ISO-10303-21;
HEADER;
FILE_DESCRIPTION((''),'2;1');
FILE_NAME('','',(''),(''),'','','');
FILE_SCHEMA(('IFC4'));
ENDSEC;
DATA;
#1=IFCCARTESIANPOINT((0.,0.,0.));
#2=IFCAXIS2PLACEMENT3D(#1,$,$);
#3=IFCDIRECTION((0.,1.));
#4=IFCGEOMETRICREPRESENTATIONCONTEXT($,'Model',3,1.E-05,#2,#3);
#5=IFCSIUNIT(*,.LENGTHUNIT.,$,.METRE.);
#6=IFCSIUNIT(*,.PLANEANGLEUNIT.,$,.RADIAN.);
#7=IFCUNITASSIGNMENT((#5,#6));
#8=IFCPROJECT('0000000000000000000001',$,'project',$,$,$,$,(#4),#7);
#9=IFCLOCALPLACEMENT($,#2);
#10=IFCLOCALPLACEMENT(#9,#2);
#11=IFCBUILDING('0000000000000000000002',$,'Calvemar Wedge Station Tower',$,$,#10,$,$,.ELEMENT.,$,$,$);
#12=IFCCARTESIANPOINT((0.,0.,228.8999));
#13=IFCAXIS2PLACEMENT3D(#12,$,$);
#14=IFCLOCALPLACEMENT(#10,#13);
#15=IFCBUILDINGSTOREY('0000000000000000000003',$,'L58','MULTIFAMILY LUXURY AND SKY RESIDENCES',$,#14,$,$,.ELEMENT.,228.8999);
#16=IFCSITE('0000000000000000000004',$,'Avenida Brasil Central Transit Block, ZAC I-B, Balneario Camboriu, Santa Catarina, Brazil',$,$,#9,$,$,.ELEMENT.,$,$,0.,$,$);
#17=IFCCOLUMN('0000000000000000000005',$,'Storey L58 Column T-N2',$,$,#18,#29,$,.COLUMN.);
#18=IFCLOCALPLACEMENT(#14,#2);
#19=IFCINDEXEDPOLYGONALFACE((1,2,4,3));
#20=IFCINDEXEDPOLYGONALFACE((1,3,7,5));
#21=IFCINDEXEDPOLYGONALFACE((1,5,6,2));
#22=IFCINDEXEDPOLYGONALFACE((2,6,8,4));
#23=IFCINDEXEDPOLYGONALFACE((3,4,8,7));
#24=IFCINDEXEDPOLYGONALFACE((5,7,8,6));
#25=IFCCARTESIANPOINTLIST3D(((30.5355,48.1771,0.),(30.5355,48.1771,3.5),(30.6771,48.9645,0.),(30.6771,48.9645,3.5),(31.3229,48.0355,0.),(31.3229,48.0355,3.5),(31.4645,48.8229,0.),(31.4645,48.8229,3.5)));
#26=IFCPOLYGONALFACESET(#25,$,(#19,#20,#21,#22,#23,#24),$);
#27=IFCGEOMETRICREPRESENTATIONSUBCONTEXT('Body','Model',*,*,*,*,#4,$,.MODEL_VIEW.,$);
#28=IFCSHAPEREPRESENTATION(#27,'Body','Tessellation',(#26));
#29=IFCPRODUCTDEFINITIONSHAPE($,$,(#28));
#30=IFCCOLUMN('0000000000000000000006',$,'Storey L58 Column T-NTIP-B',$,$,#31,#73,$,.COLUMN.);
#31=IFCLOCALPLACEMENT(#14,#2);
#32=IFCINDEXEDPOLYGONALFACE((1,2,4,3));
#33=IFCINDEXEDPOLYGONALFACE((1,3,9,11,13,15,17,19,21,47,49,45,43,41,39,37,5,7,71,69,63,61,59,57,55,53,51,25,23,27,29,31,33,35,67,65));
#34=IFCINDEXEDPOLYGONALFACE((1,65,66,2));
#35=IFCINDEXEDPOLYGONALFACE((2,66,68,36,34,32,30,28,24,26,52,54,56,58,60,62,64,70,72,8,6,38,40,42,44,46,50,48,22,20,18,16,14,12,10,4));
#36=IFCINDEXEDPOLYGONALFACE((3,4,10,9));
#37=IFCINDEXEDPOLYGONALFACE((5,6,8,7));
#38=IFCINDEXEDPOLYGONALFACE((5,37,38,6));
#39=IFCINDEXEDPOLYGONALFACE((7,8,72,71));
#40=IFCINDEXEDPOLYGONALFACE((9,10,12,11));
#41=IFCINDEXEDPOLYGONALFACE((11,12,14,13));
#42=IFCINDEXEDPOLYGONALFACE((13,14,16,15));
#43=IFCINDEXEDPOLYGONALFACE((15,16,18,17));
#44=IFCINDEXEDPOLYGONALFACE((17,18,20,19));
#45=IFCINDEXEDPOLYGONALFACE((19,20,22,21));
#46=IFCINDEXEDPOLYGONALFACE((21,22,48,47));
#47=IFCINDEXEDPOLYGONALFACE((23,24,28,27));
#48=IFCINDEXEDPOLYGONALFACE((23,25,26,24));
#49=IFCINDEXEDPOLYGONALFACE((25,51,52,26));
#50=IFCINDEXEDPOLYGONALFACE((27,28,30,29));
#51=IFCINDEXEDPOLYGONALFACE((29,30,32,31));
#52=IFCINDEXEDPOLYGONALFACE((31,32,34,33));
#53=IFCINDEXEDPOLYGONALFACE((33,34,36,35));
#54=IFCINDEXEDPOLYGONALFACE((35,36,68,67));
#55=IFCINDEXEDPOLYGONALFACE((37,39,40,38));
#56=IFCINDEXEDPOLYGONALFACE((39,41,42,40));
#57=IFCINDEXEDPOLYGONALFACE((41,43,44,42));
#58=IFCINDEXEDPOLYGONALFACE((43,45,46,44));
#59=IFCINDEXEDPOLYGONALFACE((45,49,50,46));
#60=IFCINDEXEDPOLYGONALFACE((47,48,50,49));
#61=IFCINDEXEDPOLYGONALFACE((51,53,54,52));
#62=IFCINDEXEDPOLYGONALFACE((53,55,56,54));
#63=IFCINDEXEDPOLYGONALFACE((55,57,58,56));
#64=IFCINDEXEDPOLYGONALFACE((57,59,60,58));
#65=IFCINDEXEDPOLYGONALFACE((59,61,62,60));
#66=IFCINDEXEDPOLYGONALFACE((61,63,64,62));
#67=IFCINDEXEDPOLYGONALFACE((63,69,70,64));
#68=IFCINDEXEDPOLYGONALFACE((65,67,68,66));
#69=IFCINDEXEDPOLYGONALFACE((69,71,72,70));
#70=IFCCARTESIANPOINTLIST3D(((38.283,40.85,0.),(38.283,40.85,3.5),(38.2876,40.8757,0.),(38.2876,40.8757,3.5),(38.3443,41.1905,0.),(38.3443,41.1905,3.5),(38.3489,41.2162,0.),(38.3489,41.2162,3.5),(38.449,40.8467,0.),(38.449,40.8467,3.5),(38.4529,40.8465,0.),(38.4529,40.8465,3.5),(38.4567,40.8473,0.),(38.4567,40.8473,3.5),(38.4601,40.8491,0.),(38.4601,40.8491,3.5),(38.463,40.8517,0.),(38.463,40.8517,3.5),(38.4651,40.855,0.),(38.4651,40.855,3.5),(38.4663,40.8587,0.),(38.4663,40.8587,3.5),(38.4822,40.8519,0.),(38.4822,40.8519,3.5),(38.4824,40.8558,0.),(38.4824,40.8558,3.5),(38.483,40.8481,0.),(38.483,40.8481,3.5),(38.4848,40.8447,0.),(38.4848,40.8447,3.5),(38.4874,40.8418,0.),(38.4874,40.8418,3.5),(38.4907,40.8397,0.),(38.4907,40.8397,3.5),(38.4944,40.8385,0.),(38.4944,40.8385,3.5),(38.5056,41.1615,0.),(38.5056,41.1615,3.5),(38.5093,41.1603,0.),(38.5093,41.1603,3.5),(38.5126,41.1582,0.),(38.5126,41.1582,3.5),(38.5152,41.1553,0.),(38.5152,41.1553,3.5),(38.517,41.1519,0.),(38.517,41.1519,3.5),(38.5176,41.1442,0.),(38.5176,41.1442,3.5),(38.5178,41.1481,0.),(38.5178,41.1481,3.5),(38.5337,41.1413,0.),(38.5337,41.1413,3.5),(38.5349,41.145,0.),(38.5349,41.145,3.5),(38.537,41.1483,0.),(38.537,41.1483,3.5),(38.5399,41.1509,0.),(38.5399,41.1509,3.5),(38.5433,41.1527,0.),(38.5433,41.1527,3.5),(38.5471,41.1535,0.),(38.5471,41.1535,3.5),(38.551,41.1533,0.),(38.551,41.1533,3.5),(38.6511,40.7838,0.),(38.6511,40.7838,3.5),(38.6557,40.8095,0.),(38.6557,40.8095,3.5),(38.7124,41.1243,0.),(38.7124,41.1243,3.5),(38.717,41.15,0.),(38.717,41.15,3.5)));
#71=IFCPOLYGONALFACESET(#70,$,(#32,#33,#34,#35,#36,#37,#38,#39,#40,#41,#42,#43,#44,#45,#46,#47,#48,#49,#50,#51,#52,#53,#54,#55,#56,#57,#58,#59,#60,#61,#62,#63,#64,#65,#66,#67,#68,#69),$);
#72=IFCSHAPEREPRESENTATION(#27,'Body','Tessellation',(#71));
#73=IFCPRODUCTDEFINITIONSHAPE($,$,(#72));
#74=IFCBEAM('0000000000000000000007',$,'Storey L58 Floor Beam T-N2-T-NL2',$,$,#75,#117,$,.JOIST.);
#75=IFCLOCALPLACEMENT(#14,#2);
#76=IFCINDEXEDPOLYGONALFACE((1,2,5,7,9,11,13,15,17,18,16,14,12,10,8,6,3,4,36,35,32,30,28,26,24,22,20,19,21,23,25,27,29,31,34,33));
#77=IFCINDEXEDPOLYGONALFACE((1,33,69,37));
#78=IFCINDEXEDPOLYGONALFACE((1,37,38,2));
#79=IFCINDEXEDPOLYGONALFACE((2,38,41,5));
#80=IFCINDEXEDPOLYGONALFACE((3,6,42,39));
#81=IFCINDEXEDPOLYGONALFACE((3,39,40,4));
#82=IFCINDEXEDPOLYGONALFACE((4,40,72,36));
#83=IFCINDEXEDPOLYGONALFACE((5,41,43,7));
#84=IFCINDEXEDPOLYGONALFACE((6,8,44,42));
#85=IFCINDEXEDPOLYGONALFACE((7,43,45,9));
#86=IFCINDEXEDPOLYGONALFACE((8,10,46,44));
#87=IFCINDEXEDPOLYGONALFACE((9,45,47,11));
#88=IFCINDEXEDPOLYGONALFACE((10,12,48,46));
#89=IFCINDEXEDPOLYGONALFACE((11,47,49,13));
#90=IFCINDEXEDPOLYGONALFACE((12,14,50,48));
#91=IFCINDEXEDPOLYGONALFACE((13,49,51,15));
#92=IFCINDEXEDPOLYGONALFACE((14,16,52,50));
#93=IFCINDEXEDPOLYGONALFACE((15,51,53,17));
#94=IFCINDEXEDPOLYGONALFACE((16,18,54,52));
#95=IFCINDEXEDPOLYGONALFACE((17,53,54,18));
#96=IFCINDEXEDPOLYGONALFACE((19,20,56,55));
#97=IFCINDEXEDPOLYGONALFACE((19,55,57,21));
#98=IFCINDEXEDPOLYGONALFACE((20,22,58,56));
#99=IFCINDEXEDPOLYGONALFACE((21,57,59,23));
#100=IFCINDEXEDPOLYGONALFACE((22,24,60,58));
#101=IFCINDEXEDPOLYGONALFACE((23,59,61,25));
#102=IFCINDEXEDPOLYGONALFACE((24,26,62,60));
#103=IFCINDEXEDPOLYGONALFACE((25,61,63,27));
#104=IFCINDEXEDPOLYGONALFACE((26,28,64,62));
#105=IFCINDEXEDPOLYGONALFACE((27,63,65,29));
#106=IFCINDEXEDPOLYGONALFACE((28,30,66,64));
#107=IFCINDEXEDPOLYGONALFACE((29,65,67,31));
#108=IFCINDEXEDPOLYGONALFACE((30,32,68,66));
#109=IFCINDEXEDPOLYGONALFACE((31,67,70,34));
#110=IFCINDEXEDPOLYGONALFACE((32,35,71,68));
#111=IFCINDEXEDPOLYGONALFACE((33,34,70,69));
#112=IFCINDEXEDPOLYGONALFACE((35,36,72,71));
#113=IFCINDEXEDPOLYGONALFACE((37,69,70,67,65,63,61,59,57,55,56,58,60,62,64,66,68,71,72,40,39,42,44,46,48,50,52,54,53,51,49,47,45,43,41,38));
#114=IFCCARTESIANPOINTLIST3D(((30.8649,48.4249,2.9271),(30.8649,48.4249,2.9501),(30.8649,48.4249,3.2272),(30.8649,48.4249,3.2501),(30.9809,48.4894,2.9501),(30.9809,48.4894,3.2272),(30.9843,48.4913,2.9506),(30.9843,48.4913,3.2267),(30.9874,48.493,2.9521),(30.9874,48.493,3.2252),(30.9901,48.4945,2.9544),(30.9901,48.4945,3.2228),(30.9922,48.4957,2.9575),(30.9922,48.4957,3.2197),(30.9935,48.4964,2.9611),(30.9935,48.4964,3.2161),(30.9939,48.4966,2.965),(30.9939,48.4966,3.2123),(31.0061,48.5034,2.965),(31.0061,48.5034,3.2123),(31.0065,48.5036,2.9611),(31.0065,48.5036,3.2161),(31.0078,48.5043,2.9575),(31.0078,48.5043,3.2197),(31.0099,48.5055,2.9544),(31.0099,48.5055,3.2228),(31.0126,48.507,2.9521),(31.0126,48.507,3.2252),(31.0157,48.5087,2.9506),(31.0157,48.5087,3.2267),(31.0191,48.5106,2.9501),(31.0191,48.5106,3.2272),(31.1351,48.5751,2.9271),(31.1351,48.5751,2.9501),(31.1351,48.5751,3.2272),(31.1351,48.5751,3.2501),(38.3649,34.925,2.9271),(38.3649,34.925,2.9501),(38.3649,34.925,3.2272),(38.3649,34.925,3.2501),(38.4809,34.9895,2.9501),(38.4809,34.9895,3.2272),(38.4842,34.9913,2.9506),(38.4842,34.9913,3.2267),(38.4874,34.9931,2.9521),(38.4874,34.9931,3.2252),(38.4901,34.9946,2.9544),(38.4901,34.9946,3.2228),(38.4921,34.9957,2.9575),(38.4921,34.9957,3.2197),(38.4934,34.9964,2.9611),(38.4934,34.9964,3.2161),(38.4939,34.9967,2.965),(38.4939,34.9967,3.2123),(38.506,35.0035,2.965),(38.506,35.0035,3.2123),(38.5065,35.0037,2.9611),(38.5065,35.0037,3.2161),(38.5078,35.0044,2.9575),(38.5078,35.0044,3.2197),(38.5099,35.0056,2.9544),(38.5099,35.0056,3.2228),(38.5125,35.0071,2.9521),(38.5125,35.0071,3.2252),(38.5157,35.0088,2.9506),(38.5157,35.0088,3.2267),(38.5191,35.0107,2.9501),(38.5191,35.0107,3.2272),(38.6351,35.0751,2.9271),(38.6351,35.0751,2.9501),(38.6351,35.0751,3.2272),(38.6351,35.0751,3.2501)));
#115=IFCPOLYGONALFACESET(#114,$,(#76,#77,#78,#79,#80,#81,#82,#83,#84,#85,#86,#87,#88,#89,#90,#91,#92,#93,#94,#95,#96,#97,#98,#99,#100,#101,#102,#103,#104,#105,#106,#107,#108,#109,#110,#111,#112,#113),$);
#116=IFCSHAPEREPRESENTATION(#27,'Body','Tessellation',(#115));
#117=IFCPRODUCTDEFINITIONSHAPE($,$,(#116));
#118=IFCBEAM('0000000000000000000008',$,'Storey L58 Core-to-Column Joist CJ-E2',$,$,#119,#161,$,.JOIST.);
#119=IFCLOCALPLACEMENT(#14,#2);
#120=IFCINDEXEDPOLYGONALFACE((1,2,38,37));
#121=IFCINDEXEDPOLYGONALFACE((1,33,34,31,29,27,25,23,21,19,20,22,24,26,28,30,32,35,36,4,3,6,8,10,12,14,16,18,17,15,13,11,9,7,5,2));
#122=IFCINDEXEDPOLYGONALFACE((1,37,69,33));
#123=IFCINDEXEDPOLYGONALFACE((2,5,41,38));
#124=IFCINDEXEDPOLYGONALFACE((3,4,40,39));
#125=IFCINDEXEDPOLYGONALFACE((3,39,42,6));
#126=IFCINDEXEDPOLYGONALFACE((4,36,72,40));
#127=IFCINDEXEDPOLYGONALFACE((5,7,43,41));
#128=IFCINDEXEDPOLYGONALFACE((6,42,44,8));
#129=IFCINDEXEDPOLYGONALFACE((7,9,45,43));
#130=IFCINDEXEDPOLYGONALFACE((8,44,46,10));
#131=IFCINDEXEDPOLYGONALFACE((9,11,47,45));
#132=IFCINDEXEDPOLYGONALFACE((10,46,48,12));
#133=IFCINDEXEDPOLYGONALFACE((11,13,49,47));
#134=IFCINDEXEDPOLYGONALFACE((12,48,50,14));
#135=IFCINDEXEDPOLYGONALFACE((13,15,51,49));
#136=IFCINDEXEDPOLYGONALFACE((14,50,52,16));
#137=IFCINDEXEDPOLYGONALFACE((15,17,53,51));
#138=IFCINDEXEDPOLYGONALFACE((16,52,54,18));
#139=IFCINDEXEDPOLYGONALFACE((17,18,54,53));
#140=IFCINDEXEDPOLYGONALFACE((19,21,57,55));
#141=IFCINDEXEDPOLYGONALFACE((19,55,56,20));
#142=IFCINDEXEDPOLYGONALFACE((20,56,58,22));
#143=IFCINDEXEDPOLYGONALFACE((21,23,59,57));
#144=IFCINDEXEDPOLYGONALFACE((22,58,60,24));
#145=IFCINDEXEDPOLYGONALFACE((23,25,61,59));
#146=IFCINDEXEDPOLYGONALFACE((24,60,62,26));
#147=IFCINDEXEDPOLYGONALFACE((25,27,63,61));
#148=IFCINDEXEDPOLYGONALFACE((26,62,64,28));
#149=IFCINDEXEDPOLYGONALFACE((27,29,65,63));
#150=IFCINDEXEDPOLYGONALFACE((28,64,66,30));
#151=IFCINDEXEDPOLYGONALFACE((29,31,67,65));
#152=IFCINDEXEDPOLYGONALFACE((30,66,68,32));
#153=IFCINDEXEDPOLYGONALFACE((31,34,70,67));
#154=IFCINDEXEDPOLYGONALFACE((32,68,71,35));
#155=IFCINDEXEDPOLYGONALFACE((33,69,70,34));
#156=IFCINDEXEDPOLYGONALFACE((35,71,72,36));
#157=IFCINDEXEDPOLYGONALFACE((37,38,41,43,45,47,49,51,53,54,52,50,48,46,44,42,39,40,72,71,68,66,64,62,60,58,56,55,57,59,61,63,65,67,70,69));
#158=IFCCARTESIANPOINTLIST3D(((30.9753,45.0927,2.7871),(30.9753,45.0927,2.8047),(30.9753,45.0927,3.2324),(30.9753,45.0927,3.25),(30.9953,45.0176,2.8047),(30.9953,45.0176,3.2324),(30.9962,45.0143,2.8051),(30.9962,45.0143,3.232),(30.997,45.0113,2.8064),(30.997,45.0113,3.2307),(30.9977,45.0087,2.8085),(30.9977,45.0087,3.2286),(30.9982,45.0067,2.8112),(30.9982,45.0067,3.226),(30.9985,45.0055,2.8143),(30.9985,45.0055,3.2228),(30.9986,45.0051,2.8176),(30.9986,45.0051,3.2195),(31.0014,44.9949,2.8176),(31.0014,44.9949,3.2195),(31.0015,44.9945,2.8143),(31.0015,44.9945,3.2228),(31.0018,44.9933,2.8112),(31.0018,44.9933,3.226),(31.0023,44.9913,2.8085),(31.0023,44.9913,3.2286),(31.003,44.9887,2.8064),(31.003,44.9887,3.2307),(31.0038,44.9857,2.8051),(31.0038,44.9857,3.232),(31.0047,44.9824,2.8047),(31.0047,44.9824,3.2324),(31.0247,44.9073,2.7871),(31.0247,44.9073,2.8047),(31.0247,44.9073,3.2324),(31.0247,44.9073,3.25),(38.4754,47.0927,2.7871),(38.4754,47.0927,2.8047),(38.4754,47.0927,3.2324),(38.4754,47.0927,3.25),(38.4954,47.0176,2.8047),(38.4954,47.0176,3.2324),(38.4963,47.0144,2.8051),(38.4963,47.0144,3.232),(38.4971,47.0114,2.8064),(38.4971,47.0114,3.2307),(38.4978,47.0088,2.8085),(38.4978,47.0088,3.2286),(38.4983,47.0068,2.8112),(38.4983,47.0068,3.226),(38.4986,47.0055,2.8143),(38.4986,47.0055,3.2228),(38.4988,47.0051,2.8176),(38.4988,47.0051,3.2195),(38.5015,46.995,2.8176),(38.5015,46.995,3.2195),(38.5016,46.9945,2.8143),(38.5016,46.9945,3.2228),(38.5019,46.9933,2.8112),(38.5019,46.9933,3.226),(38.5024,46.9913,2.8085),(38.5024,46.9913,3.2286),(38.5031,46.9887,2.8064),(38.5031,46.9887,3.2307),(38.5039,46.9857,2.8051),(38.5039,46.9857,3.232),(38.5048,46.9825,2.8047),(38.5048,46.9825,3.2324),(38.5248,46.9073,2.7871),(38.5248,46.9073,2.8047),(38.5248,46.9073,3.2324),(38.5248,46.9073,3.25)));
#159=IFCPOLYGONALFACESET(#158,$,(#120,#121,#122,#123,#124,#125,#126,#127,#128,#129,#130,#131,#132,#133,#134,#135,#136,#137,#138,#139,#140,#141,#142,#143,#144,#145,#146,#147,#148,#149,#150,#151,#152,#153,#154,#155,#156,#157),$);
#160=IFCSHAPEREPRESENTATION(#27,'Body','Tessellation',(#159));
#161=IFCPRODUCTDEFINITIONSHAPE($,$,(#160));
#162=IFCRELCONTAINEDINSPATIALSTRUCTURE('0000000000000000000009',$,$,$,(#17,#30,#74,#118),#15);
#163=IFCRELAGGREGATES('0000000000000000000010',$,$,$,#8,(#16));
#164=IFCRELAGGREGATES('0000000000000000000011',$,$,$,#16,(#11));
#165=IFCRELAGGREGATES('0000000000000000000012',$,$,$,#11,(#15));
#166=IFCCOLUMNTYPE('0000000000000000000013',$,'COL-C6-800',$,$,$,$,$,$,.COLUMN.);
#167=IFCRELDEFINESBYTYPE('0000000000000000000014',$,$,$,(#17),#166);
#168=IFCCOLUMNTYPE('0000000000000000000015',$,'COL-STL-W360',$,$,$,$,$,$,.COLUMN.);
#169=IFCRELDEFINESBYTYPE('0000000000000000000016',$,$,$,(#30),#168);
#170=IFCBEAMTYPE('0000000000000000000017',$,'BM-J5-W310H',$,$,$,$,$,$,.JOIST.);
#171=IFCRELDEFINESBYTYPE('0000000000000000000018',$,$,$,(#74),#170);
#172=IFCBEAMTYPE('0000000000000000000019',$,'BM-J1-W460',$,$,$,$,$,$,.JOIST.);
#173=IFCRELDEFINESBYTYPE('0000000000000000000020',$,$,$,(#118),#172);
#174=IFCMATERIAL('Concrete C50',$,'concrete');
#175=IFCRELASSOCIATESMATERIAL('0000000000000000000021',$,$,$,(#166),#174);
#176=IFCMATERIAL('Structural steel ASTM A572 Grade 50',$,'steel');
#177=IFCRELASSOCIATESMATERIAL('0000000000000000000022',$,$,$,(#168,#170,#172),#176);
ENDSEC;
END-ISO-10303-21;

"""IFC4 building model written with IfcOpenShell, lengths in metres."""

from ifc_helpers import new_model, si_unit, direction, frame, origin, origin_2d, place, context, subcontext, project, spatial, rectangle, i_section, extrude, source, transform, mapped, material, material_profile, profile_set, type_object, element, save


model = new_model("IFC4")

# Units and contexts
model_context = context("Model", 3, precision=1e-05, world=origin(), true_north=direction((0.0, 1.0)))
body_context = subcontext(model_context, "Body", "Model", "MODEL_VIEW")
ifc_project = project(units=[si_unit("LENGTHUNIT", "METRE"), si_unit("PLANEANGLEUNIT", "RADIAN")], contexts=[model_context])

# Site, building, storey
site_placement = place(None, origin())
site = spatial("IfcSite", under=ifc_project, at=site_placement, Name="Avenida Brasil Central Transit Block, ZAC I-B, Balneario Camboriu, Santa Catarina, Brazil", CompositionType="ELEMENT", RefElevation=0.0)
building_placement = place(site_placement, origin())
building = spatial("IfcBuilding", under=site, at=building_placement, Name="Calvemar Wedge Station Tower", CompositionType="ELEMENT")
storey_placement = place(building_placement, frame((0.0, 0.0, 228.8999)))
storey = spatial("IfcBuildingStorey", under=building, at=storey_placement, Name="L58", Description="MULTIFAMILY LUXURY AND SKY RESIDENCES", CompositionType="ELEMENT", Elevation=228.8999)

# Columns
ifc_material_1 = material(Name="Concrete C50", Category="concrete")
ifc_material_profile_1 = material_profile(ifc_material_1, rectangle(XDim=0.8, YDim=0.8, at=origin_2d()), Name="RC800x800")
ifc_profile_set_1 = profile_set([ifc_material_profile_1], Name="Concrete C50")
column_type_1 = type_object("IfcColumnType", Name="COL-C6-800", PredefinedType="COLUMN", material=ifc_profile_set_1)
shared_shape_1 = source(origin(), body_context, "Body", "SweptSolid", [
    extrude(rectangle(XDim=0.8, YDim=0.8, at=origin_2d()), origin(), (0.0, 0.0, 1.0), 3.5),
])
column_1_placement = place(storey_placement, frame((31.0, 48.5, 0.0), z_axis=(0.0, 0.0, 1.0), x_axis=(0.984196, -0.177085, 0.0)))
element("IfcColumn", 1, at=column_1_placement, inside=storey, type_object=column_type_1, Name="Storey L58 Column T-N2", PredefinedType="COLUMN", context=body_context, shape_type="MappedRepresentation", body=[
    mapped(shared_shape_1, transform((0.0, 0.0, 0.0), scale=1.0)),
])
ifc_material_2 = material(Name="Structural steel ASTM A572 Grade 50", Category="steel")
ifc_material_profile_2 = material_profile(ifc_material_2, i_section(OverallWidth=0.374, OverallDepth=0.3721, WebThickness=0.0164, FlangeThickness=0.0261, FilletRadius=0.0149, at=origin_2d()), Name="W360x196")
ifc_profile_set_2 = profile_set([ifc_material_profile_2], Name="Structural steel ASTM A572 Grade 50")
column_type_2 = type_object("IfcColumnType", Name="COL-STL-W360", PredefinedType="COLUMN", material=ifc_profile_set_2)
shared_shape_2 = source(origin(), body_context, "Body", "SweptSolid", [
    extrude(i_section(OverallWidth=0.374, OverallDepth=0.3721, WebThickness=0.0164, FlangeThickness=0.0261, FilletRadius=0.0149, at=origin_2d()), origin(), (0.0, 0.0, 1.0), 3.5),
])
column_2_placement = place(storey_placement, frame((38.5, 41.0, 0.0), z_axis=(0.0, 0.0, 1.0), x_axis=(0.984196, -0.177085, 0.0)))
element("IfcColumn", 2, at=column_2_placement, inside=storey, type_object=column_type_2, Name="Storey L58 Column T-NTIP-B", PredefinedType="COLUMN", context=body_context, shape_type="MappedRepresentation", body=[
    mapped(shared_shape_2, transform((0.0, 0.0, 0.0), scale=1.0)),
])

# Beams
ifc_material_profile_3 = material_profile(ifc_material_2, i_section(OverallWidth=0.3091, OverallDepth=0.323, WebThickness=0.0139, FlangeThickness=0.0229, FilletRadius=0.0149, at=origin_2d()), Name="W310x143")
ifc_profile_set_3 = profile_set([ifc_material_profile_3], Name="Structural steel ASTM A572 Grade 50")
beam_type_1 = type_object("IfcBeamType", Name="BM-J5-W310H", PredefinedType="JOIST", material=ifc_profile_set_3)
shared_shape_3 = source(origin(), body_context, "Body", "SweptSolid", [
    extrude(i_section(OverallWidth=0.3091, OverallDepth=0.323, WebThickness=0.0139, FlangeThickness=0.0229, FilletRadius=0.0149, at=origin_2d()), origin(), (0.0, 0.0, 1.0), 15.4434),
])
beam_1_placement = place(storey_placement, frame((31.0, 48.5, 3.0886), z_axis=(0.485643, -0.874157, 0.0), x_axis=(0.874157, 0.485643, 0.0)))
element("IfcBeam", 3, at=beam_1_placement, inside=storey, type_object=beam_type_1, Name="Storey L58 Floor Beam T-N2-T-NL2", PredefinedType="JOIST", context=body_context, shape_type="MappedRepresentation", body=[
    mapped(shared_shape_3, transform((0.0, 0.0, 0.0), scale=1.0)),
])
ifc_material_profile_4 = material_profile(ifc_material_2, i_section(OverallWidth=0.1919, OverallDepth=0.4629, WebThickness=0.0105, FlangeThickness=0.0176, FilletRadius=0.0129, at=origin_2d()), Name="W460x89")
ifc_profile_set_4 = profile_set([ifc_material_profile_4], Name="Structural steel ASTM A572 Grade 50")
beam_type_2 = type_object("IfcBeamType", Name="BM-J1-W460", PredefinedType="JOIST", material=ifc_profile_set_4)
shared_shape_4 = source(origin(), body_context, "Body", "SweptSolid", [
    extrude(i_section(OverallWidth=0.1919, OverallDepth=0.4629, WebThickness=0.0105, FlangeThickness=0.0176, FilletRadius=0.0129, at=origin_2d()), origin(), (0.0, 0.0, 1.0), 7.7622),
])
beam_2_placement = place(storey_placement, frame((31.0, 45.0, 3.0186), z_axis=(0.966235, 0.257663, 0.0), x_axis=(-0.257663, 0.966235, 0.0)))
element("IfcBeam", 4, at=beam_2_placement, inside=storey, type_object=beam_type_2, Name="Storey L58 Core-to-Column Joist CJ-E2", PredefinedType="JOIST", context=body_context, shape_type="MappedRepresentation", body=[
    mapped(shared_shape_4, transform((0.0, 0.0, 0.0), scale=1.0)),
])

save(model, "model.ifc")
